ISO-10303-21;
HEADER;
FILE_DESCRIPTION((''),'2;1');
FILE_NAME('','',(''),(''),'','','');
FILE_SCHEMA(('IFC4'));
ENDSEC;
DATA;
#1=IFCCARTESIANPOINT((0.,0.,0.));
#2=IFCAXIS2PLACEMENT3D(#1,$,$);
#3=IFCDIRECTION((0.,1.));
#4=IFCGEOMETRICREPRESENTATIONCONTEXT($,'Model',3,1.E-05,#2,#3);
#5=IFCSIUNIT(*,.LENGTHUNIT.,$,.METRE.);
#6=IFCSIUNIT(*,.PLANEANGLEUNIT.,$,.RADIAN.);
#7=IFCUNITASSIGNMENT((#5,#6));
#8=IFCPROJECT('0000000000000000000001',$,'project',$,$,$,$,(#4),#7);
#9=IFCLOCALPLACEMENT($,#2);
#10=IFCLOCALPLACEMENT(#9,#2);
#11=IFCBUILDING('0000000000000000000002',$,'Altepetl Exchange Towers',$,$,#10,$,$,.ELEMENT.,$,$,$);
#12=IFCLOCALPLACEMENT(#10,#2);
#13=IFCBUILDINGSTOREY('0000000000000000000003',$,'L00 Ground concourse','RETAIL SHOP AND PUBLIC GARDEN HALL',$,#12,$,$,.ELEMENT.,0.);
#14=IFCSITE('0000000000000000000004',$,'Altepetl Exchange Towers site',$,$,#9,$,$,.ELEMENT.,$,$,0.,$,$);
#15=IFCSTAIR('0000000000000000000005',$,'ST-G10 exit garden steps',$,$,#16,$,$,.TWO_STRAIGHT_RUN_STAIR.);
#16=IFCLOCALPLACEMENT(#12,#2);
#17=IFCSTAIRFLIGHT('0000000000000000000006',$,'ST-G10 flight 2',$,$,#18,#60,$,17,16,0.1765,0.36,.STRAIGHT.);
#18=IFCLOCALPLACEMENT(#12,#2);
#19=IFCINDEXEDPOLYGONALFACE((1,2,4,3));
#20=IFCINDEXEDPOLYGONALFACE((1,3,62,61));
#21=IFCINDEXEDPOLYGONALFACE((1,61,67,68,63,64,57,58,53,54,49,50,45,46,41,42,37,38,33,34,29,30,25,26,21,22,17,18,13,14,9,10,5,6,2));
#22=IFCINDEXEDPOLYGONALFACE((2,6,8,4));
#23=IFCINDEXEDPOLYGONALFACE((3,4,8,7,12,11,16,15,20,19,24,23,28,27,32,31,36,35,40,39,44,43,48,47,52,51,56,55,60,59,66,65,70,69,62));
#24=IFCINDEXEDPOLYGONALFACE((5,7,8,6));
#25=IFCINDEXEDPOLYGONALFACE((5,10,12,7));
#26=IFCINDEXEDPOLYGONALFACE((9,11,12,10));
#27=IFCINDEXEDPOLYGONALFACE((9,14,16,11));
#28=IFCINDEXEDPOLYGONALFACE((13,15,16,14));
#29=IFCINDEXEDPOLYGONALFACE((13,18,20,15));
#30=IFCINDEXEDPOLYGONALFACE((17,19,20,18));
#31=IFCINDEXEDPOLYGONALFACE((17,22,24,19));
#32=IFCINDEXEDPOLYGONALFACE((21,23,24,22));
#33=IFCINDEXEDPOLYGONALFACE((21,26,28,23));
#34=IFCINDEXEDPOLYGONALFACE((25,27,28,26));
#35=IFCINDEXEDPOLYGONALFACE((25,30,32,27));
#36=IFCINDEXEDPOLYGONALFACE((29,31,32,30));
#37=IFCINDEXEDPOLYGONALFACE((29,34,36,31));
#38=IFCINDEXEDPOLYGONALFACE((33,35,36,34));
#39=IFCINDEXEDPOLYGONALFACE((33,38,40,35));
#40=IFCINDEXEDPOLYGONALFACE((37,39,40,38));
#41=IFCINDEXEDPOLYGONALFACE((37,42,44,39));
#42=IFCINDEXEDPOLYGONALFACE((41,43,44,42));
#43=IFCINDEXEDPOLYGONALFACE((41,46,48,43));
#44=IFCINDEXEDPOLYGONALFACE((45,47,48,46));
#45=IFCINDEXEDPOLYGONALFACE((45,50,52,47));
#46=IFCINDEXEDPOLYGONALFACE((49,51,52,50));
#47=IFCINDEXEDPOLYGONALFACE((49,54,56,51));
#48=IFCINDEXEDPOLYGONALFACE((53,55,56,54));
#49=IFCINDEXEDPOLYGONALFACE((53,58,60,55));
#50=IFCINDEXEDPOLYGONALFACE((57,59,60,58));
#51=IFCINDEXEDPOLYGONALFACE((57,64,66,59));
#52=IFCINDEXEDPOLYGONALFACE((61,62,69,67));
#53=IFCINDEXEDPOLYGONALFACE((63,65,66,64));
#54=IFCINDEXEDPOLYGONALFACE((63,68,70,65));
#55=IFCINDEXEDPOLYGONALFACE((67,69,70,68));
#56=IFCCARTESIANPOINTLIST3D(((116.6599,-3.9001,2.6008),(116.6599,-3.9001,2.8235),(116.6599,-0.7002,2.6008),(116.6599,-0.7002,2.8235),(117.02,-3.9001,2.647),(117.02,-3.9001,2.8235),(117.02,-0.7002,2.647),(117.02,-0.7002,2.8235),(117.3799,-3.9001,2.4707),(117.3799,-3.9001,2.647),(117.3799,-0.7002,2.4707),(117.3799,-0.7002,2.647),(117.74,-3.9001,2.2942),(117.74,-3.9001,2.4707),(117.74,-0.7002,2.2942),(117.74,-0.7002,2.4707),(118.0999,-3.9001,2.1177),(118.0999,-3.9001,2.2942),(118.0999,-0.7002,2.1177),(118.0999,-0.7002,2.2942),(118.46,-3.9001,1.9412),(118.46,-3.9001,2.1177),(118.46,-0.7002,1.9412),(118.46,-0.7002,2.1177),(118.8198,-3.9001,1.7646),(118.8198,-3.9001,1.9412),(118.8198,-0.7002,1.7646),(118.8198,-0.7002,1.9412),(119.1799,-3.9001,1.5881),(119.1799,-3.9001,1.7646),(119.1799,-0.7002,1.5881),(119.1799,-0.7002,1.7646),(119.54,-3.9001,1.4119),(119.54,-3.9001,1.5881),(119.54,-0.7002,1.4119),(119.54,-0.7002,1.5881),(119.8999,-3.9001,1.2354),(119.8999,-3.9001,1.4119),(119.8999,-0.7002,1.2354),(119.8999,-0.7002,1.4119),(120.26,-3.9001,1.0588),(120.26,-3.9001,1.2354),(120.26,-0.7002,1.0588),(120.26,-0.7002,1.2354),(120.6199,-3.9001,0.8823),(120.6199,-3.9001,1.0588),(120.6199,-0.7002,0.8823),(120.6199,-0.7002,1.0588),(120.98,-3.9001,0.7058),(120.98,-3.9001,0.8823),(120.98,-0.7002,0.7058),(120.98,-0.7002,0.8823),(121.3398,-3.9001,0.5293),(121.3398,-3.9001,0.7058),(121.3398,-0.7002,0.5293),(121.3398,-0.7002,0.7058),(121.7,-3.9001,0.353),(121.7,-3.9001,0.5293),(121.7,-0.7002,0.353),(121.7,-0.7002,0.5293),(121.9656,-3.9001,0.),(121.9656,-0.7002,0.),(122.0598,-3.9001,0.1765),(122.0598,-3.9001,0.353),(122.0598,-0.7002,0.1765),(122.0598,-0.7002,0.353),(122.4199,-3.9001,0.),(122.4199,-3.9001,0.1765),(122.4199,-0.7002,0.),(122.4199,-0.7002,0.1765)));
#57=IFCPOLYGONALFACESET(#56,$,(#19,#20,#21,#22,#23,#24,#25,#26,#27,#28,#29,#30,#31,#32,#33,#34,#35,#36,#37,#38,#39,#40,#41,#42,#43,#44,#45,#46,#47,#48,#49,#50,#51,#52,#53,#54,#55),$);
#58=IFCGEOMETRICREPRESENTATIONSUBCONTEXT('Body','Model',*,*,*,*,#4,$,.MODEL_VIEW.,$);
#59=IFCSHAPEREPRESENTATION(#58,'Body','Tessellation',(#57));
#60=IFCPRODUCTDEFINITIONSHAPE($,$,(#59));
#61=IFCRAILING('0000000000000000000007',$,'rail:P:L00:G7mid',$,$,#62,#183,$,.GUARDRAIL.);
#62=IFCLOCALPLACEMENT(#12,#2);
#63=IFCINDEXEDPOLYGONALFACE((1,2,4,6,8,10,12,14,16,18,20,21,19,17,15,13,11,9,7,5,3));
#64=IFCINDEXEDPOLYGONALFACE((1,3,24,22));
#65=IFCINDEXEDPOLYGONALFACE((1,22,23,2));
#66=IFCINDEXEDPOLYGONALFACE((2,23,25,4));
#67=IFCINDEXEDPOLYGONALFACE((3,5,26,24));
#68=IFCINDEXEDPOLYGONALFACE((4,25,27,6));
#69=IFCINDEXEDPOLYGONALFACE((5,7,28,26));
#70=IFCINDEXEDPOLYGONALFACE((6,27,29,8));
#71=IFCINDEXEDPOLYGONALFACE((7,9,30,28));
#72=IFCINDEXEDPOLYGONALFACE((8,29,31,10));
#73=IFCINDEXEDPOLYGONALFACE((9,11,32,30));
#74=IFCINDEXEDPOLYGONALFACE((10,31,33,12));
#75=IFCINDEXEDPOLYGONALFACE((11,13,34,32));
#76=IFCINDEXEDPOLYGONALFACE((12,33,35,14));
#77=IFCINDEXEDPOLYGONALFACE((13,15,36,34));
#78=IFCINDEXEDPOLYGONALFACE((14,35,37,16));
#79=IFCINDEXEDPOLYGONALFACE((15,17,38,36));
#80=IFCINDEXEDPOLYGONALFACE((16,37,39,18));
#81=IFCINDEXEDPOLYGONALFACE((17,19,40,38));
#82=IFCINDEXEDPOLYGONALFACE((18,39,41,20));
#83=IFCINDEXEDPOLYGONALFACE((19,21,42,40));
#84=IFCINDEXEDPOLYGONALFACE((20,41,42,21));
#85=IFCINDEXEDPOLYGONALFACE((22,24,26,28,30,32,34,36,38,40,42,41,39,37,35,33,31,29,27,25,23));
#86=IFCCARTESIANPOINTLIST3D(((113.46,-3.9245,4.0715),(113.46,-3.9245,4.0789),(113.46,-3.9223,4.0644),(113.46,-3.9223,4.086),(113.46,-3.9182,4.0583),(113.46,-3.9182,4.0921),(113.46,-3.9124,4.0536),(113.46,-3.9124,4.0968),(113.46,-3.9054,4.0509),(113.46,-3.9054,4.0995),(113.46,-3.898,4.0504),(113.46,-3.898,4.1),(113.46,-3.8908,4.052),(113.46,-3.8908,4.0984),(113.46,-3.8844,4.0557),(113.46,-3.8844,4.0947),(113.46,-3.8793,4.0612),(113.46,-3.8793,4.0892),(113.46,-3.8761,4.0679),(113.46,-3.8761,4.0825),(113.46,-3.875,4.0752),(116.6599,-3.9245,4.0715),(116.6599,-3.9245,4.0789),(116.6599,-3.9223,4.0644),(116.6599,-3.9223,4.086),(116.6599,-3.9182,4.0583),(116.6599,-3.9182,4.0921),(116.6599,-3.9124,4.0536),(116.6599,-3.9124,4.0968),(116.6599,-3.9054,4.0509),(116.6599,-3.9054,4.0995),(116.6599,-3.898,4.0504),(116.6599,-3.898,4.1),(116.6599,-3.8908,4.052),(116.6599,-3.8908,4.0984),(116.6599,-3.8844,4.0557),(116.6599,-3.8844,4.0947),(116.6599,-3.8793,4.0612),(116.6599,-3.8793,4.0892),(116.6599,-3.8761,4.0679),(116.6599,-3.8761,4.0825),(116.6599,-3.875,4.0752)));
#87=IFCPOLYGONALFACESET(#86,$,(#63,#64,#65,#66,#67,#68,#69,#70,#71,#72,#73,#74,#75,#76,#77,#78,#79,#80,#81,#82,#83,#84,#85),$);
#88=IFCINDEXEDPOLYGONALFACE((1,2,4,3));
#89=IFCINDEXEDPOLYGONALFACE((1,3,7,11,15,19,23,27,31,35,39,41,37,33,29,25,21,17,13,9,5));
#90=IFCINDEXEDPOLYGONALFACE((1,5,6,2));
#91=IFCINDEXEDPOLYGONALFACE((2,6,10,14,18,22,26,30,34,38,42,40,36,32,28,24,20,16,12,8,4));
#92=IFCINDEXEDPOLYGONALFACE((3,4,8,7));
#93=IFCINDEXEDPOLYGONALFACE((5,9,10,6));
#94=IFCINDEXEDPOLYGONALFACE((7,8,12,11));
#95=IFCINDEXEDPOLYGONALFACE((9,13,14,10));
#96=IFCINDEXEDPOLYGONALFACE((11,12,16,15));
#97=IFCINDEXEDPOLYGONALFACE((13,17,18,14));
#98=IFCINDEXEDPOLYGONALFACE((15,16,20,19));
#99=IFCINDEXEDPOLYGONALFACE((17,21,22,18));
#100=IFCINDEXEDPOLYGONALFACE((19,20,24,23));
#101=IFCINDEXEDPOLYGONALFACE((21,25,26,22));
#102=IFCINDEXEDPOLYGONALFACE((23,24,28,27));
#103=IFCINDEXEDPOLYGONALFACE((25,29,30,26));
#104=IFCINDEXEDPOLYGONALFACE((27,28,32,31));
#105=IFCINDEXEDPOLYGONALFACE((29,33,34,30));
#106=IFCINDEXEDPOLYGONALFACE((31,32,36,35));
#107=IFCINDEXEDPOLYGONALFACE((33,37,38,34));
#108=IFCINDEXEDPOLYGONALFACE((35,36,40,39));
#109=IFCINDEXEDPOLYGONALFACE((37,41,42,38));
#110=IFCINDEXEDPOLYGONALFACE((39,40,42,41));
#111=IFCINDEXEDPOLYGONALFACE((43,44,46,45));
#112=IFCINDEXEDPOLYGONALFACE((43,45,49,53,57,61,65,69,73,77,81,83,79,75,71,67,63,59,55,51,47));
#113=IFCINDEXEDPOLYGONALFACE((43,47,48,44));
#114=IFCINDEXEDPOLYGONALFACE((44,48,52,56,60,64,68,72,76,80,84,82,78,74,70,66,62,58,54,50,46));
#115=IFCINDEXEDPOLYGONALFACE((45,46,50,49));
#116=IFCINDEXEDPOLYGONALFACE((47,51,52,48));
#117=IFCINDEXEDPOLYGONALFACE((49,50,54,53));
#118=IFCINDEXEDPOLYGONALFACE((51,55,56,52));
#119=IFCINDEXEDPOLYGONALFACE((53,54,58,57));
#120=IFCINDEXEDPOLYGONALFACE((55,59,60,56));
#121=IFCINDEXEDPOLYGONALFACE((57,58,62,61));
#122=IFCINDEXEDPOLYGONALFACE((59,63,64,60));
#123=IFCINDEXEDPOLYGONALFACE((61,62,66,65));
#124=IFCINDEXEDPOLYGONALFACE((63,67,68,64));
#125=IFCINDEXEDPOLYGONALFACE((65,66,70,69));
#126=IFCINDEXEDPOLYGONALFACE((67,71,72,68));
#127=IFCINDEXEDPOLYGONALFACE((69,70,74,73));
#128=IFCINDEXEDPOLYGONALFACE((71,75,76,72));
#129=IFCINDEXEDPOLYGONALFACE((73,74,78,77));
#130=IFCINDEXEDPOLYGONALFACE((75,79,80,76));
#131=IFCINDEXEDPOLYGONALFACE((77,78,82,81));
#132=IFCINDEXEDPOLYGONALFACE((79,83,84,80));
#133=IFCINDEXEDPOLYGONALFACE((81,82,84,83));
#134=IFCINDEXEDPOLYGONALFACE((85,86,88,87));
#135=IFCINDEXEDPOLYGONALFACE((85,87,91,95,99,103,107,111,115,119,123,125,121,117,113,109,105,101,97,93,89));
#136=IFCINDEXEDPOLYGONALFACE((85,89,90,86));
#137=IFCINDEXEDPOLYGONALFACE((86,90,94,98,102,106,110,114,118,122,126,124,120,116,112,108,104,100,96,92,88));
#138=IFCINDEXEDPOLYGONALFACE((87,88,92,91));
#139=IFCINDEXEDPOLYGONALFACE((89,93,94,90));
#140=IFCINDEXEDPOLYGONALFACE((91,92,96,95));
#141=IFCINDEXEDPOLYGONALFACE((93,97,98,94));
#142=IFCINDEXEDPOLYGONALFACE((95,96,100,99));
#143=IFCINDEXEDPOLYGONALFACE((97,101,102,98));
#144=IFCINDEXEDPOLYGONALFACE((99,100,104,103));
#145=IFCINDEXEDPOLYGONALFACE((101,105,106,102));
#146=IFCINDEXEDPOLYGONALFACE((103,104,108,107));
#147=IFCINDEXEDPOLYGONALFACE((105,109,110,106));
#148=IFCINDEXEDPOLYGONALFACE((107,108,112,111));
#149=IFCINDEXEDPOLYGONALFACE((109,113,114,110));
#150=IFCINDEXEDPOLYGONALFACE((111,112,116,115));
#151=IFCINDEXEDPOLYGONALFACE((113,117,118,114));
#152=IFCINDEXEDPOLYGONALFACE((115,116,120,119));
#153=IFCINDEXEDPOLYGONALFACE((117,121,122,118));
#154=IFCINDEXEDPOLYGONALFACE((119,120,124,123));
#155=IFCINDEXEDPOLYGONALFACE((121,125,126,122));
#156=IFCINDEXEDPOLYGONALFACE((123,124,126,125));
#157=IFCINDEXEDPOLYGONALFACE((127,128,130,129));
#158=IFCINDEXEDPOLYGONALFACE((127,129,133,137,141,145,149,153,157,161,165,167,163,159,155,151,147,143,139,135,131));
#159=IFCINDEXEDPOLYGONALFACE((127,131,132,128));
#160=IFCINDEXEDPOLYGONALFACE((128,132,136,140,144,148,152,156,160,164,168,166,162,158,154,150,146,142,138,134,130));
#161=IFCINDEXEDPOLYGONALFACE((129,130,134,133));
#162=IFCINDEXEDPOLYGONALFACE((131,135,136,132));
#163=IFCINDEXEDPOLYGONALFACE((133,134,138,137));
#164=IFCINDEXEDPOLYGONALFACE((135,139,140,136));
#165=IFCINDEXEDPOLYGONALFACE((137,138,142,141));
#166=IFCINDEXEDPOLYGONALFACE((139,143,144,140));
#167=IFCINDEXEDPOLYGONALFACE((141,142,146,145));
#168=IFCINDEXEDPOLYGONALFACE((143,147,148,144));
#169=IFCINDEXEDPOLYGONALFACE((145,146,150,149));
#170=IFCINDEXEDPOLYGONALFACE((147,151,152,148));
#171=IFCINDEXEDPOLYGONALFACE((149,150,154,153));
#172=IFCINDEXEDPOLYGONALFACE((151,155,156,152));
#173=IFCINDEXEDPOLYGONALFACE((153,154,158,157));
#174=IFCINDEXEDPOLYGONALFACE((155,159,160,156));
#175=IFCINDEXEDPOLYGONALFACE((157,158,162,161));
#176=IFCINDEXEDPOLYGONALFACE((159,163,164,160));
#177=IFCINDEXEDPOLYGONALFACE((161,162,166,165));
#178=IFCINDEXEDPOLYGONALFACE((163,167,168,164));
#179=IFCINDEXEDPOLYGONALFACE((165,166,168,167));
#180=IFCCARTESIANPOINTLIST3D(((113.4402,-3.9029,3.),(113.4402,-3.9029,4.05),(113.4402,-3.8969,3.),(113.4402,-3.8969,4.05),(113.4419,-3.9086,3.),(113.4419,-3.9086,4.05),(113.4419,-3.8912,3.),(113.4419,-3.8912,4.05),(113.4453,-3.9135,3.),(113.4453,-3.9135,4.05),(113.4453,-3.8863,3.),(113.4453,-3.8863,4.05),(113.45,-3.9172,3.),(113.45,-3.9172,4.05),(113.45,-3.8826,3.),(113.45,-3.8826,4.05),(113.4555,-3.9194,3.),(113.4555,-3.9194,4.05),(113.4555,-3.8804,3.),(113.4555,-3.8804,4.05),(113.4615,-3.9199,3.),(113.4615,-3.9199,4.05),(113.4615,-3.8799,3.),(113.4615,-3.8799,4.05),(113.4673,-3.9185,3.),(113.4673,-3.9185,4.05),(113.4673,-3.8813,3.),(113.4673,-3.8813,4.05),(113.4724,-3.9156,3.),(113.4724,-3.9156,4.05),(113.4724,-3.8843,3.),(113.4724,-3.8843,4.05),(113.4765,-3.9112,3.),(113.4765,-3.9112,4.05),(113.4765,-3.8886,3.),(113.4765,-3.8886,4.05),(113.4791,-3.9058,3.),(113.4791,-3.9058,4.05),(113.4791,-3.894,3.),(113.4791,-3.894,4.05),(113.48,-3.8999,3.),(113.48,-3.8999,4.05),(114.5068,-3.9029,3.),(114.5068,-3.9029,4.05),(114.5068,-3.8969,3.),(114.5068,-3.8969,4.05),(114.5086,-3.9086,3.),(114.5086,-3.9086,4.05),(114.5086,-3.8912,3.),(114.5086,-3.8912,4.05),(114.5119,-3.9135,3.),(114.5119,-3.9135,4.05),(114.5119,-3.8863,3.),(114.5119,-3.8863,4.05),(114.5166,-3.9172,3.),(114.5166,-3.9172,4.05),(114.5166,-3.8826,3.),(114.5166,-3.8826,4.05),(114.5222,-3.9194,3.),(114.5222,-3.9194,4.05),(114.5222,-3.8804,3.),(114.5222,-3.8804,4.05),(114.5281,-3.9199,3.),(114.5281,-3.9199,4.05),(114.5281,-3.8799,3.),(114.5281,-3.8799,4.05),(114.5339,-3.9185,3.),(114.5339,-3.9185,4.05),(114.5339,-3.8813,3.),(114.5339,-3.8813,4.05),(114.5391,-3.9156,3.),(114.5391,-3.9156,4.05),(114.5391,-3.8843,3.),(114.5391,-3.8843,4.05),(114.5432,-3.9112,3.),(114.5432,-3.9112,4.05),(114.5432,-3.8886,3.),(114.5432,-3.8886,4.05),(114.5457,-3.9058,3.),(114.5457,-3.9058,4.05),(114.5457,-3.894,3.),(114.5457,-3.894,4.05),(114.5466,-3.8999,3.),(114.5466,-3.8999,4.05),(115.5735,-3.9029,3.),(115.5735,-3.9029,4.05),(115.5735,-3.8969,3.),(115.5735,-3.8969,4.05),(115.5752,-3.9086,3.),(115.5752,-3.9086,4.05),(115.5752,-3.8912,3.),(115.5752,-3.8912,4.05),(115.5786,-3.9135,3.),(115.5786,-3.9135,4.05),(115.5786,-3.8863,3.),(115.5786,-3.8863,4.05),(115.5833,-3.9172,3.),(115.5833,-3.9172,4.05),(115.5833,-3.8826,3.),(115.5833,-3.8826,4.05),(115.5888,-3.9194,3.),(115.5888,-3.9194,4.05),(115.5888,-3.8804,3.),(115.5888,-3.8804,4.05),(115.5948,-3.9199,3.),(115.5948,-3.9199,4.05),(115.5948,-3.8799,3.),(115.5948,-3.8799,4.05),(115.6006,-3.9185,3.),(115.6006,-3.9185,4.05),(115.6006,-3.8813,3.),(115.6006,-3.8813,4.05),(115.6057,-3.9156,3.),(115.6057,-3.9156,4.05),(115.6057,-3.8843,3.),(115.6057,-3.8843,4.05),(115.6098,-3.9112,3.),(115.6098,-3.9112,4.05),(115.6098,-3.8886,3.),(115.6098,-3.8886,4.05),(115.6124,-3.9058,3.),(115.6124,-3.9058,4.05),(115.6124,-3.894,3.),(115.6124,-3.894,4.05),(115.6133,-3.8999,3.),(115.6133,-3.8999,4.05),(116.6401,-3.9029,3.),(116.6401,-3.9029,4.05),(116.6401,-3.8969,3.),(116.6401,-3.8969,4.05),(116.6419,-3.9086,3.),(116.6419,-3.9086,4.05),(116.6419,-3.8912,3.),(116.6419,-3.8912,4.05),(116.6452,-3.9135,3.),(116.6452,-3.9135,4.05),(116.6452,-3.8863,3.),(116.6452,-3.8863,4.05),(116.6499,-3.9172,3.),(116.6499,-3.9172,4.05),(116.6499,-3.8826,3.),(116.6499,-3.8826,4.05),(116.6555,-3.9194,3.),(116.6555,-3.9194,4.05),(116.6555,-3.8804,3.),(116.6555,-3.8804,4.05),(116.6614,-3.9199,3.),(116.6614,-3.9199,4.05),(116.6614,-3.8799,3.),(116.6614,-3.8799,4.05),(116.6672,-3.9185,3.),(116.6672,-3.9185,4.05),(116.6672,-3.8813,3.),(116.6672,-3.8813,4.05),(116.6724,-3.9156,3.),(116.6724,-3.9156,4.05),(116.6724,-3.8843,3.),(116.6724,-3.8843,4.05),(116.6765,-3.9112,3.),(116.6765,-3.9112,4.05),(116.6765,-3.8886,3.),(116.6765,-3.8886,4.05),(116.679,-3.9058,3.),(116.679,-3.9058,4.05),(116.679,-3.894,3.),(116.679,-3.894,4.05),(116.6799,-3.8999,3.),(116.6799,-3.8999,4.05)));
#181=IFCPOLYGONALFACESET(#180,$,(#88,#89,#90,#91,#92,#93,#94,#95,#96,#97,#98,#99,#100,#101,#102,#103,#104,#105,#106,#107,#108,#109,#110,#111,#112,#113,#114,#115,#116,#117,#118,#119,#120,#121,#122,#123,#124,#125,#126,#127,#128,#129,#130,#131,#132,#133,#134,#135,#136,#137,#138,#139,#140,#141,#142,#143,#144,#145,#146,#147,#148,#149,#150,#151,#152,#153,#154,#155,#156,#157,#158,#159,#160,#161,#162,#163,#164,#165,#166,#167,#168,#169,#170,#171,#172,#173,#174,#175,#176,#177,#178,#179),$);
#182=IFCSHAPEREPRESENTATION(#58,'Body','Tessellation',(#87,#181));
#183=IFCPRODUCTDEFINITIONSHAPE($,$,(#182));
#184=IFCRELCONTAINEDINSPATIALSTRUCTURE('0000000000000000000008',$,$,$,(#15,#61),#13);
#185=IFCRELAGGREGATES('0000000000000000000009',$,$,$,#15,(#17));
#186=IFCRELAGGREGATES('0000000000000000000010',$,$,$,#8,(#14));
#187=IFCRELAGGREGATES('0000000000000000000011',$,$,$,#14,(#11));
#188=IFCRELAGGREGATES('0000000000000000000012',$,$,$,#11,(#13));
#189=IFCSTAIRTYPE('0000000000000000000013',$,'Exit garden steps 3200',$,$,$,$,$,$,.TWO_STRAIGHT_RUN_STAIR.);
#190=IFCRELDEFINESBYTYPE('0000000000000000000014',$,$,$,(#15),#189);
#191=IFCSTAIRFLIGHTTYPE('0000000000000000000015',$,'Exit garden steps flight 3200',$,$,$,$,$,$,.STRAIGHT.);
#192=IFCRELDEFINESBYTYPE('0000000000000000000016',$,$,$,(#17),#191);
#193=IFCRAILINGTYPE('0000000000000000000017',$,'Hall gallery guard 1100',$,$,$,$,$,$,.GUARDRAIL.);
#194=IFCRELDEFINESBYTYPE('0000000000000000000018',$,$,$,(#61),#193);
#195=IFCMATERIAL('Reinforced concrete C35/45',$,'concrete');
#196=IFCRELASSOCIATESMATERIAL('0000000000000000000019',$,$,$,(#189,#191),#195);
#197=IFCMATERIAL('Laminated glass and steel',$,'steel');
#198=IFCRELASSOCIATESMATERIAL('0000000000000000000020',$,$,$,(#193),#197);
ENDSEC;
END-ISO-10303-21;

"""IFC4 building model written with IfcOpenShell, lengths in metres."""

from ifc_helpers import new_model, si_unit, direction, frame, origin, origin_2d, place, context, subcontext, project, spatial, polyline, circle, outline, extrude, source, transform, mapped, material, type_object, element, aggregate, save


model = new_model("IFC4")

# Units and contexts
model_context = context("Model", 3, precision=1e-05, world=origin(), true_north=direction((0.0, 1.0)))
body_context = subcontext(model_context, "Body", "Model", "MODEL_VIEW")
ifc_project = project(units=[si_unit("LENGTHUNIT", "METRE"), si_unit("PLANEANGLEUNIT", "RADIAN")], contexts=[model_context])

# Site, building, storey
site_placement = place(None, origin())
site = spatial("IfcSite", under=ifc_project, at=site_placement, Name="Altepetl Exchange Towers site", CompositionType="ELEMENT", RefElevation=0.0)
building_placement = place(site_placement, origin())
building = spatial("IfcBuilding", under=site, at=building_placement, Name="Altepetl Exchange Towers", CompositionType="ELEMENT")
storey_placement = place(building_placement, origin())
storey = spatial("IfcBuildingStorey", under=building, at=storey_placement, Name="L00 Ground concourse", Description="RETAIL SHOP AND PUBLIC GARDEN HALL", CompositionType="ELEMENT", Elevation=0.0)

# Stair, stair flight
ifc_material_1 = material(Name="Reinforced concrete C35/45", Category="concrete")
stair_type = type_object("IfcStairType", Name="Exit garden steps 3200", PredefinedType="TWO_STRAIGHT_RUN_STAIR", material=ifc_material_1)
stair_placement = place(storey_placement, origin())
stair = element("IfcStair", 1, at=stair_placement, inside=storey, type_object=stair_type, Name="ST-G10 exit garden steps", PredefinedType="TWO_STRAIGHT_RUN_STAIR")
stair_flight_type = type_object("IfcStairFlightType", Name="Exit garden steps flight 3200", PredefinedType="STRAIGHT", material=ifc_material_1)
stair_flight_1_placement = place(storey_placement, frame((122.4199, -2.3, 0.0), z_axis=(0.0, 0.0, 1.0), x_axis=(-1.0, 0.0, 0.0)))
stair_flight_1 = element("IfcStairFlight", 2, at=stair_flight_1_placement, type_object=stair_flight_type, Name="ST-G10 flight 2", NumberOfRisers=17, NumberOfTreads=16, PredefinedType="STRAIGHT", RiserHeight=0.1765, TreadLength=0.36, context=body_context, shape_type="SweptSolid", body=[
    extrude(outline(polyline([(0.0, 0.0), (0.0, 0.1765), (0.3601, 0.1765), (0.3601, 0.353), (0.72, 0.353), (0.72, 0.5293), (1.0801, 0.5293), (1.0801, 0.7058), (1.4399, 0.7058), (1.4399, 0.8823), (1.8, 0.8823), (1.8, 1.0588), (2.1599, 1.0588), (2.1599, 1.2354), (2.52, 1.2354), (2.52, 1.4119), (2.8799, 1.4119), (2.8799, 1.5881), (3.24, 1.5881), (3.24, 1.7646), (3.6001, 1.7646), (3.6001, 1.9412), (3.96, 1.9412), (3.96, 2.1177), (4.3201, 2.1177), (4.3201, 2.2942), (4.6799, 2.2942), (4.6799, 2.4707), (5.04, 2.4707), (5.04, 2.647), (5.3999, 2.647), (5.3999, 2.8235), (5.76, 2.8235), (5.76, 3.0), (5.76, 2.6008), (0.4543, 0.0), (0.0, 0.0)])), frame((0.0, 1.6001, 0.0), z_axis=(0.0, -1.0, 0.0), x_axis=(1.0, 0.0, 0.0)), (0.0, 0.0, 1.0), 3.2),
])
aggregate(stair, [stair_flight_1])

# Railing
ifc_material_2 = material(Name="Laminated glass and steel", Category="steel")
railing_type_1 = type_object("IfcRailingType", Name="Hall gallery guard 1100", PredefinedType="GUARDRAIL", material=ifc_material_2)
shared_shape_1 = source(origin(), body_context, "Body", "SweptSolid", [
    extrude(circle(Radius=0.02, at=origin_2d()), origin(), (0.0, 0.0, 1.0), 1.05),
])
for number, where, name in (
    (3, (113.46, -3.8999, 3.0), "rail:P:L00:G7mid"),
):
    element("IfcRailing", number, at=place(storey_placement, frame(where)), inside=storey, type_object=railing_type_1, Name=name, PredefinedType="GUARDRAIL", context=body_context, shape_type="SweptSolid", body=[
        extrude(circle(Radius=0.0249, at=origin_2d()), frame((0.0, 0.0, 1.0752), z_axis=(1.0, 0.0, 0.0), x_axis=(0.0, 1.0, 0.0)), (0.0, 0.0, 1.0), 3.2),
        mapped(shared_shape_1, transform((0.0, 0.0, 0.0))),
        mapped(shared_shape_1, transform((1.0667, 0.0, 0.0))),
        mapped(shared_shape_1, transform((2.1333, 0.0, 0.0))),
        mapped(shared_shape_1, transform((3.2, 0.0, 0.0))),
    ])

save(model, "model.ifc")
